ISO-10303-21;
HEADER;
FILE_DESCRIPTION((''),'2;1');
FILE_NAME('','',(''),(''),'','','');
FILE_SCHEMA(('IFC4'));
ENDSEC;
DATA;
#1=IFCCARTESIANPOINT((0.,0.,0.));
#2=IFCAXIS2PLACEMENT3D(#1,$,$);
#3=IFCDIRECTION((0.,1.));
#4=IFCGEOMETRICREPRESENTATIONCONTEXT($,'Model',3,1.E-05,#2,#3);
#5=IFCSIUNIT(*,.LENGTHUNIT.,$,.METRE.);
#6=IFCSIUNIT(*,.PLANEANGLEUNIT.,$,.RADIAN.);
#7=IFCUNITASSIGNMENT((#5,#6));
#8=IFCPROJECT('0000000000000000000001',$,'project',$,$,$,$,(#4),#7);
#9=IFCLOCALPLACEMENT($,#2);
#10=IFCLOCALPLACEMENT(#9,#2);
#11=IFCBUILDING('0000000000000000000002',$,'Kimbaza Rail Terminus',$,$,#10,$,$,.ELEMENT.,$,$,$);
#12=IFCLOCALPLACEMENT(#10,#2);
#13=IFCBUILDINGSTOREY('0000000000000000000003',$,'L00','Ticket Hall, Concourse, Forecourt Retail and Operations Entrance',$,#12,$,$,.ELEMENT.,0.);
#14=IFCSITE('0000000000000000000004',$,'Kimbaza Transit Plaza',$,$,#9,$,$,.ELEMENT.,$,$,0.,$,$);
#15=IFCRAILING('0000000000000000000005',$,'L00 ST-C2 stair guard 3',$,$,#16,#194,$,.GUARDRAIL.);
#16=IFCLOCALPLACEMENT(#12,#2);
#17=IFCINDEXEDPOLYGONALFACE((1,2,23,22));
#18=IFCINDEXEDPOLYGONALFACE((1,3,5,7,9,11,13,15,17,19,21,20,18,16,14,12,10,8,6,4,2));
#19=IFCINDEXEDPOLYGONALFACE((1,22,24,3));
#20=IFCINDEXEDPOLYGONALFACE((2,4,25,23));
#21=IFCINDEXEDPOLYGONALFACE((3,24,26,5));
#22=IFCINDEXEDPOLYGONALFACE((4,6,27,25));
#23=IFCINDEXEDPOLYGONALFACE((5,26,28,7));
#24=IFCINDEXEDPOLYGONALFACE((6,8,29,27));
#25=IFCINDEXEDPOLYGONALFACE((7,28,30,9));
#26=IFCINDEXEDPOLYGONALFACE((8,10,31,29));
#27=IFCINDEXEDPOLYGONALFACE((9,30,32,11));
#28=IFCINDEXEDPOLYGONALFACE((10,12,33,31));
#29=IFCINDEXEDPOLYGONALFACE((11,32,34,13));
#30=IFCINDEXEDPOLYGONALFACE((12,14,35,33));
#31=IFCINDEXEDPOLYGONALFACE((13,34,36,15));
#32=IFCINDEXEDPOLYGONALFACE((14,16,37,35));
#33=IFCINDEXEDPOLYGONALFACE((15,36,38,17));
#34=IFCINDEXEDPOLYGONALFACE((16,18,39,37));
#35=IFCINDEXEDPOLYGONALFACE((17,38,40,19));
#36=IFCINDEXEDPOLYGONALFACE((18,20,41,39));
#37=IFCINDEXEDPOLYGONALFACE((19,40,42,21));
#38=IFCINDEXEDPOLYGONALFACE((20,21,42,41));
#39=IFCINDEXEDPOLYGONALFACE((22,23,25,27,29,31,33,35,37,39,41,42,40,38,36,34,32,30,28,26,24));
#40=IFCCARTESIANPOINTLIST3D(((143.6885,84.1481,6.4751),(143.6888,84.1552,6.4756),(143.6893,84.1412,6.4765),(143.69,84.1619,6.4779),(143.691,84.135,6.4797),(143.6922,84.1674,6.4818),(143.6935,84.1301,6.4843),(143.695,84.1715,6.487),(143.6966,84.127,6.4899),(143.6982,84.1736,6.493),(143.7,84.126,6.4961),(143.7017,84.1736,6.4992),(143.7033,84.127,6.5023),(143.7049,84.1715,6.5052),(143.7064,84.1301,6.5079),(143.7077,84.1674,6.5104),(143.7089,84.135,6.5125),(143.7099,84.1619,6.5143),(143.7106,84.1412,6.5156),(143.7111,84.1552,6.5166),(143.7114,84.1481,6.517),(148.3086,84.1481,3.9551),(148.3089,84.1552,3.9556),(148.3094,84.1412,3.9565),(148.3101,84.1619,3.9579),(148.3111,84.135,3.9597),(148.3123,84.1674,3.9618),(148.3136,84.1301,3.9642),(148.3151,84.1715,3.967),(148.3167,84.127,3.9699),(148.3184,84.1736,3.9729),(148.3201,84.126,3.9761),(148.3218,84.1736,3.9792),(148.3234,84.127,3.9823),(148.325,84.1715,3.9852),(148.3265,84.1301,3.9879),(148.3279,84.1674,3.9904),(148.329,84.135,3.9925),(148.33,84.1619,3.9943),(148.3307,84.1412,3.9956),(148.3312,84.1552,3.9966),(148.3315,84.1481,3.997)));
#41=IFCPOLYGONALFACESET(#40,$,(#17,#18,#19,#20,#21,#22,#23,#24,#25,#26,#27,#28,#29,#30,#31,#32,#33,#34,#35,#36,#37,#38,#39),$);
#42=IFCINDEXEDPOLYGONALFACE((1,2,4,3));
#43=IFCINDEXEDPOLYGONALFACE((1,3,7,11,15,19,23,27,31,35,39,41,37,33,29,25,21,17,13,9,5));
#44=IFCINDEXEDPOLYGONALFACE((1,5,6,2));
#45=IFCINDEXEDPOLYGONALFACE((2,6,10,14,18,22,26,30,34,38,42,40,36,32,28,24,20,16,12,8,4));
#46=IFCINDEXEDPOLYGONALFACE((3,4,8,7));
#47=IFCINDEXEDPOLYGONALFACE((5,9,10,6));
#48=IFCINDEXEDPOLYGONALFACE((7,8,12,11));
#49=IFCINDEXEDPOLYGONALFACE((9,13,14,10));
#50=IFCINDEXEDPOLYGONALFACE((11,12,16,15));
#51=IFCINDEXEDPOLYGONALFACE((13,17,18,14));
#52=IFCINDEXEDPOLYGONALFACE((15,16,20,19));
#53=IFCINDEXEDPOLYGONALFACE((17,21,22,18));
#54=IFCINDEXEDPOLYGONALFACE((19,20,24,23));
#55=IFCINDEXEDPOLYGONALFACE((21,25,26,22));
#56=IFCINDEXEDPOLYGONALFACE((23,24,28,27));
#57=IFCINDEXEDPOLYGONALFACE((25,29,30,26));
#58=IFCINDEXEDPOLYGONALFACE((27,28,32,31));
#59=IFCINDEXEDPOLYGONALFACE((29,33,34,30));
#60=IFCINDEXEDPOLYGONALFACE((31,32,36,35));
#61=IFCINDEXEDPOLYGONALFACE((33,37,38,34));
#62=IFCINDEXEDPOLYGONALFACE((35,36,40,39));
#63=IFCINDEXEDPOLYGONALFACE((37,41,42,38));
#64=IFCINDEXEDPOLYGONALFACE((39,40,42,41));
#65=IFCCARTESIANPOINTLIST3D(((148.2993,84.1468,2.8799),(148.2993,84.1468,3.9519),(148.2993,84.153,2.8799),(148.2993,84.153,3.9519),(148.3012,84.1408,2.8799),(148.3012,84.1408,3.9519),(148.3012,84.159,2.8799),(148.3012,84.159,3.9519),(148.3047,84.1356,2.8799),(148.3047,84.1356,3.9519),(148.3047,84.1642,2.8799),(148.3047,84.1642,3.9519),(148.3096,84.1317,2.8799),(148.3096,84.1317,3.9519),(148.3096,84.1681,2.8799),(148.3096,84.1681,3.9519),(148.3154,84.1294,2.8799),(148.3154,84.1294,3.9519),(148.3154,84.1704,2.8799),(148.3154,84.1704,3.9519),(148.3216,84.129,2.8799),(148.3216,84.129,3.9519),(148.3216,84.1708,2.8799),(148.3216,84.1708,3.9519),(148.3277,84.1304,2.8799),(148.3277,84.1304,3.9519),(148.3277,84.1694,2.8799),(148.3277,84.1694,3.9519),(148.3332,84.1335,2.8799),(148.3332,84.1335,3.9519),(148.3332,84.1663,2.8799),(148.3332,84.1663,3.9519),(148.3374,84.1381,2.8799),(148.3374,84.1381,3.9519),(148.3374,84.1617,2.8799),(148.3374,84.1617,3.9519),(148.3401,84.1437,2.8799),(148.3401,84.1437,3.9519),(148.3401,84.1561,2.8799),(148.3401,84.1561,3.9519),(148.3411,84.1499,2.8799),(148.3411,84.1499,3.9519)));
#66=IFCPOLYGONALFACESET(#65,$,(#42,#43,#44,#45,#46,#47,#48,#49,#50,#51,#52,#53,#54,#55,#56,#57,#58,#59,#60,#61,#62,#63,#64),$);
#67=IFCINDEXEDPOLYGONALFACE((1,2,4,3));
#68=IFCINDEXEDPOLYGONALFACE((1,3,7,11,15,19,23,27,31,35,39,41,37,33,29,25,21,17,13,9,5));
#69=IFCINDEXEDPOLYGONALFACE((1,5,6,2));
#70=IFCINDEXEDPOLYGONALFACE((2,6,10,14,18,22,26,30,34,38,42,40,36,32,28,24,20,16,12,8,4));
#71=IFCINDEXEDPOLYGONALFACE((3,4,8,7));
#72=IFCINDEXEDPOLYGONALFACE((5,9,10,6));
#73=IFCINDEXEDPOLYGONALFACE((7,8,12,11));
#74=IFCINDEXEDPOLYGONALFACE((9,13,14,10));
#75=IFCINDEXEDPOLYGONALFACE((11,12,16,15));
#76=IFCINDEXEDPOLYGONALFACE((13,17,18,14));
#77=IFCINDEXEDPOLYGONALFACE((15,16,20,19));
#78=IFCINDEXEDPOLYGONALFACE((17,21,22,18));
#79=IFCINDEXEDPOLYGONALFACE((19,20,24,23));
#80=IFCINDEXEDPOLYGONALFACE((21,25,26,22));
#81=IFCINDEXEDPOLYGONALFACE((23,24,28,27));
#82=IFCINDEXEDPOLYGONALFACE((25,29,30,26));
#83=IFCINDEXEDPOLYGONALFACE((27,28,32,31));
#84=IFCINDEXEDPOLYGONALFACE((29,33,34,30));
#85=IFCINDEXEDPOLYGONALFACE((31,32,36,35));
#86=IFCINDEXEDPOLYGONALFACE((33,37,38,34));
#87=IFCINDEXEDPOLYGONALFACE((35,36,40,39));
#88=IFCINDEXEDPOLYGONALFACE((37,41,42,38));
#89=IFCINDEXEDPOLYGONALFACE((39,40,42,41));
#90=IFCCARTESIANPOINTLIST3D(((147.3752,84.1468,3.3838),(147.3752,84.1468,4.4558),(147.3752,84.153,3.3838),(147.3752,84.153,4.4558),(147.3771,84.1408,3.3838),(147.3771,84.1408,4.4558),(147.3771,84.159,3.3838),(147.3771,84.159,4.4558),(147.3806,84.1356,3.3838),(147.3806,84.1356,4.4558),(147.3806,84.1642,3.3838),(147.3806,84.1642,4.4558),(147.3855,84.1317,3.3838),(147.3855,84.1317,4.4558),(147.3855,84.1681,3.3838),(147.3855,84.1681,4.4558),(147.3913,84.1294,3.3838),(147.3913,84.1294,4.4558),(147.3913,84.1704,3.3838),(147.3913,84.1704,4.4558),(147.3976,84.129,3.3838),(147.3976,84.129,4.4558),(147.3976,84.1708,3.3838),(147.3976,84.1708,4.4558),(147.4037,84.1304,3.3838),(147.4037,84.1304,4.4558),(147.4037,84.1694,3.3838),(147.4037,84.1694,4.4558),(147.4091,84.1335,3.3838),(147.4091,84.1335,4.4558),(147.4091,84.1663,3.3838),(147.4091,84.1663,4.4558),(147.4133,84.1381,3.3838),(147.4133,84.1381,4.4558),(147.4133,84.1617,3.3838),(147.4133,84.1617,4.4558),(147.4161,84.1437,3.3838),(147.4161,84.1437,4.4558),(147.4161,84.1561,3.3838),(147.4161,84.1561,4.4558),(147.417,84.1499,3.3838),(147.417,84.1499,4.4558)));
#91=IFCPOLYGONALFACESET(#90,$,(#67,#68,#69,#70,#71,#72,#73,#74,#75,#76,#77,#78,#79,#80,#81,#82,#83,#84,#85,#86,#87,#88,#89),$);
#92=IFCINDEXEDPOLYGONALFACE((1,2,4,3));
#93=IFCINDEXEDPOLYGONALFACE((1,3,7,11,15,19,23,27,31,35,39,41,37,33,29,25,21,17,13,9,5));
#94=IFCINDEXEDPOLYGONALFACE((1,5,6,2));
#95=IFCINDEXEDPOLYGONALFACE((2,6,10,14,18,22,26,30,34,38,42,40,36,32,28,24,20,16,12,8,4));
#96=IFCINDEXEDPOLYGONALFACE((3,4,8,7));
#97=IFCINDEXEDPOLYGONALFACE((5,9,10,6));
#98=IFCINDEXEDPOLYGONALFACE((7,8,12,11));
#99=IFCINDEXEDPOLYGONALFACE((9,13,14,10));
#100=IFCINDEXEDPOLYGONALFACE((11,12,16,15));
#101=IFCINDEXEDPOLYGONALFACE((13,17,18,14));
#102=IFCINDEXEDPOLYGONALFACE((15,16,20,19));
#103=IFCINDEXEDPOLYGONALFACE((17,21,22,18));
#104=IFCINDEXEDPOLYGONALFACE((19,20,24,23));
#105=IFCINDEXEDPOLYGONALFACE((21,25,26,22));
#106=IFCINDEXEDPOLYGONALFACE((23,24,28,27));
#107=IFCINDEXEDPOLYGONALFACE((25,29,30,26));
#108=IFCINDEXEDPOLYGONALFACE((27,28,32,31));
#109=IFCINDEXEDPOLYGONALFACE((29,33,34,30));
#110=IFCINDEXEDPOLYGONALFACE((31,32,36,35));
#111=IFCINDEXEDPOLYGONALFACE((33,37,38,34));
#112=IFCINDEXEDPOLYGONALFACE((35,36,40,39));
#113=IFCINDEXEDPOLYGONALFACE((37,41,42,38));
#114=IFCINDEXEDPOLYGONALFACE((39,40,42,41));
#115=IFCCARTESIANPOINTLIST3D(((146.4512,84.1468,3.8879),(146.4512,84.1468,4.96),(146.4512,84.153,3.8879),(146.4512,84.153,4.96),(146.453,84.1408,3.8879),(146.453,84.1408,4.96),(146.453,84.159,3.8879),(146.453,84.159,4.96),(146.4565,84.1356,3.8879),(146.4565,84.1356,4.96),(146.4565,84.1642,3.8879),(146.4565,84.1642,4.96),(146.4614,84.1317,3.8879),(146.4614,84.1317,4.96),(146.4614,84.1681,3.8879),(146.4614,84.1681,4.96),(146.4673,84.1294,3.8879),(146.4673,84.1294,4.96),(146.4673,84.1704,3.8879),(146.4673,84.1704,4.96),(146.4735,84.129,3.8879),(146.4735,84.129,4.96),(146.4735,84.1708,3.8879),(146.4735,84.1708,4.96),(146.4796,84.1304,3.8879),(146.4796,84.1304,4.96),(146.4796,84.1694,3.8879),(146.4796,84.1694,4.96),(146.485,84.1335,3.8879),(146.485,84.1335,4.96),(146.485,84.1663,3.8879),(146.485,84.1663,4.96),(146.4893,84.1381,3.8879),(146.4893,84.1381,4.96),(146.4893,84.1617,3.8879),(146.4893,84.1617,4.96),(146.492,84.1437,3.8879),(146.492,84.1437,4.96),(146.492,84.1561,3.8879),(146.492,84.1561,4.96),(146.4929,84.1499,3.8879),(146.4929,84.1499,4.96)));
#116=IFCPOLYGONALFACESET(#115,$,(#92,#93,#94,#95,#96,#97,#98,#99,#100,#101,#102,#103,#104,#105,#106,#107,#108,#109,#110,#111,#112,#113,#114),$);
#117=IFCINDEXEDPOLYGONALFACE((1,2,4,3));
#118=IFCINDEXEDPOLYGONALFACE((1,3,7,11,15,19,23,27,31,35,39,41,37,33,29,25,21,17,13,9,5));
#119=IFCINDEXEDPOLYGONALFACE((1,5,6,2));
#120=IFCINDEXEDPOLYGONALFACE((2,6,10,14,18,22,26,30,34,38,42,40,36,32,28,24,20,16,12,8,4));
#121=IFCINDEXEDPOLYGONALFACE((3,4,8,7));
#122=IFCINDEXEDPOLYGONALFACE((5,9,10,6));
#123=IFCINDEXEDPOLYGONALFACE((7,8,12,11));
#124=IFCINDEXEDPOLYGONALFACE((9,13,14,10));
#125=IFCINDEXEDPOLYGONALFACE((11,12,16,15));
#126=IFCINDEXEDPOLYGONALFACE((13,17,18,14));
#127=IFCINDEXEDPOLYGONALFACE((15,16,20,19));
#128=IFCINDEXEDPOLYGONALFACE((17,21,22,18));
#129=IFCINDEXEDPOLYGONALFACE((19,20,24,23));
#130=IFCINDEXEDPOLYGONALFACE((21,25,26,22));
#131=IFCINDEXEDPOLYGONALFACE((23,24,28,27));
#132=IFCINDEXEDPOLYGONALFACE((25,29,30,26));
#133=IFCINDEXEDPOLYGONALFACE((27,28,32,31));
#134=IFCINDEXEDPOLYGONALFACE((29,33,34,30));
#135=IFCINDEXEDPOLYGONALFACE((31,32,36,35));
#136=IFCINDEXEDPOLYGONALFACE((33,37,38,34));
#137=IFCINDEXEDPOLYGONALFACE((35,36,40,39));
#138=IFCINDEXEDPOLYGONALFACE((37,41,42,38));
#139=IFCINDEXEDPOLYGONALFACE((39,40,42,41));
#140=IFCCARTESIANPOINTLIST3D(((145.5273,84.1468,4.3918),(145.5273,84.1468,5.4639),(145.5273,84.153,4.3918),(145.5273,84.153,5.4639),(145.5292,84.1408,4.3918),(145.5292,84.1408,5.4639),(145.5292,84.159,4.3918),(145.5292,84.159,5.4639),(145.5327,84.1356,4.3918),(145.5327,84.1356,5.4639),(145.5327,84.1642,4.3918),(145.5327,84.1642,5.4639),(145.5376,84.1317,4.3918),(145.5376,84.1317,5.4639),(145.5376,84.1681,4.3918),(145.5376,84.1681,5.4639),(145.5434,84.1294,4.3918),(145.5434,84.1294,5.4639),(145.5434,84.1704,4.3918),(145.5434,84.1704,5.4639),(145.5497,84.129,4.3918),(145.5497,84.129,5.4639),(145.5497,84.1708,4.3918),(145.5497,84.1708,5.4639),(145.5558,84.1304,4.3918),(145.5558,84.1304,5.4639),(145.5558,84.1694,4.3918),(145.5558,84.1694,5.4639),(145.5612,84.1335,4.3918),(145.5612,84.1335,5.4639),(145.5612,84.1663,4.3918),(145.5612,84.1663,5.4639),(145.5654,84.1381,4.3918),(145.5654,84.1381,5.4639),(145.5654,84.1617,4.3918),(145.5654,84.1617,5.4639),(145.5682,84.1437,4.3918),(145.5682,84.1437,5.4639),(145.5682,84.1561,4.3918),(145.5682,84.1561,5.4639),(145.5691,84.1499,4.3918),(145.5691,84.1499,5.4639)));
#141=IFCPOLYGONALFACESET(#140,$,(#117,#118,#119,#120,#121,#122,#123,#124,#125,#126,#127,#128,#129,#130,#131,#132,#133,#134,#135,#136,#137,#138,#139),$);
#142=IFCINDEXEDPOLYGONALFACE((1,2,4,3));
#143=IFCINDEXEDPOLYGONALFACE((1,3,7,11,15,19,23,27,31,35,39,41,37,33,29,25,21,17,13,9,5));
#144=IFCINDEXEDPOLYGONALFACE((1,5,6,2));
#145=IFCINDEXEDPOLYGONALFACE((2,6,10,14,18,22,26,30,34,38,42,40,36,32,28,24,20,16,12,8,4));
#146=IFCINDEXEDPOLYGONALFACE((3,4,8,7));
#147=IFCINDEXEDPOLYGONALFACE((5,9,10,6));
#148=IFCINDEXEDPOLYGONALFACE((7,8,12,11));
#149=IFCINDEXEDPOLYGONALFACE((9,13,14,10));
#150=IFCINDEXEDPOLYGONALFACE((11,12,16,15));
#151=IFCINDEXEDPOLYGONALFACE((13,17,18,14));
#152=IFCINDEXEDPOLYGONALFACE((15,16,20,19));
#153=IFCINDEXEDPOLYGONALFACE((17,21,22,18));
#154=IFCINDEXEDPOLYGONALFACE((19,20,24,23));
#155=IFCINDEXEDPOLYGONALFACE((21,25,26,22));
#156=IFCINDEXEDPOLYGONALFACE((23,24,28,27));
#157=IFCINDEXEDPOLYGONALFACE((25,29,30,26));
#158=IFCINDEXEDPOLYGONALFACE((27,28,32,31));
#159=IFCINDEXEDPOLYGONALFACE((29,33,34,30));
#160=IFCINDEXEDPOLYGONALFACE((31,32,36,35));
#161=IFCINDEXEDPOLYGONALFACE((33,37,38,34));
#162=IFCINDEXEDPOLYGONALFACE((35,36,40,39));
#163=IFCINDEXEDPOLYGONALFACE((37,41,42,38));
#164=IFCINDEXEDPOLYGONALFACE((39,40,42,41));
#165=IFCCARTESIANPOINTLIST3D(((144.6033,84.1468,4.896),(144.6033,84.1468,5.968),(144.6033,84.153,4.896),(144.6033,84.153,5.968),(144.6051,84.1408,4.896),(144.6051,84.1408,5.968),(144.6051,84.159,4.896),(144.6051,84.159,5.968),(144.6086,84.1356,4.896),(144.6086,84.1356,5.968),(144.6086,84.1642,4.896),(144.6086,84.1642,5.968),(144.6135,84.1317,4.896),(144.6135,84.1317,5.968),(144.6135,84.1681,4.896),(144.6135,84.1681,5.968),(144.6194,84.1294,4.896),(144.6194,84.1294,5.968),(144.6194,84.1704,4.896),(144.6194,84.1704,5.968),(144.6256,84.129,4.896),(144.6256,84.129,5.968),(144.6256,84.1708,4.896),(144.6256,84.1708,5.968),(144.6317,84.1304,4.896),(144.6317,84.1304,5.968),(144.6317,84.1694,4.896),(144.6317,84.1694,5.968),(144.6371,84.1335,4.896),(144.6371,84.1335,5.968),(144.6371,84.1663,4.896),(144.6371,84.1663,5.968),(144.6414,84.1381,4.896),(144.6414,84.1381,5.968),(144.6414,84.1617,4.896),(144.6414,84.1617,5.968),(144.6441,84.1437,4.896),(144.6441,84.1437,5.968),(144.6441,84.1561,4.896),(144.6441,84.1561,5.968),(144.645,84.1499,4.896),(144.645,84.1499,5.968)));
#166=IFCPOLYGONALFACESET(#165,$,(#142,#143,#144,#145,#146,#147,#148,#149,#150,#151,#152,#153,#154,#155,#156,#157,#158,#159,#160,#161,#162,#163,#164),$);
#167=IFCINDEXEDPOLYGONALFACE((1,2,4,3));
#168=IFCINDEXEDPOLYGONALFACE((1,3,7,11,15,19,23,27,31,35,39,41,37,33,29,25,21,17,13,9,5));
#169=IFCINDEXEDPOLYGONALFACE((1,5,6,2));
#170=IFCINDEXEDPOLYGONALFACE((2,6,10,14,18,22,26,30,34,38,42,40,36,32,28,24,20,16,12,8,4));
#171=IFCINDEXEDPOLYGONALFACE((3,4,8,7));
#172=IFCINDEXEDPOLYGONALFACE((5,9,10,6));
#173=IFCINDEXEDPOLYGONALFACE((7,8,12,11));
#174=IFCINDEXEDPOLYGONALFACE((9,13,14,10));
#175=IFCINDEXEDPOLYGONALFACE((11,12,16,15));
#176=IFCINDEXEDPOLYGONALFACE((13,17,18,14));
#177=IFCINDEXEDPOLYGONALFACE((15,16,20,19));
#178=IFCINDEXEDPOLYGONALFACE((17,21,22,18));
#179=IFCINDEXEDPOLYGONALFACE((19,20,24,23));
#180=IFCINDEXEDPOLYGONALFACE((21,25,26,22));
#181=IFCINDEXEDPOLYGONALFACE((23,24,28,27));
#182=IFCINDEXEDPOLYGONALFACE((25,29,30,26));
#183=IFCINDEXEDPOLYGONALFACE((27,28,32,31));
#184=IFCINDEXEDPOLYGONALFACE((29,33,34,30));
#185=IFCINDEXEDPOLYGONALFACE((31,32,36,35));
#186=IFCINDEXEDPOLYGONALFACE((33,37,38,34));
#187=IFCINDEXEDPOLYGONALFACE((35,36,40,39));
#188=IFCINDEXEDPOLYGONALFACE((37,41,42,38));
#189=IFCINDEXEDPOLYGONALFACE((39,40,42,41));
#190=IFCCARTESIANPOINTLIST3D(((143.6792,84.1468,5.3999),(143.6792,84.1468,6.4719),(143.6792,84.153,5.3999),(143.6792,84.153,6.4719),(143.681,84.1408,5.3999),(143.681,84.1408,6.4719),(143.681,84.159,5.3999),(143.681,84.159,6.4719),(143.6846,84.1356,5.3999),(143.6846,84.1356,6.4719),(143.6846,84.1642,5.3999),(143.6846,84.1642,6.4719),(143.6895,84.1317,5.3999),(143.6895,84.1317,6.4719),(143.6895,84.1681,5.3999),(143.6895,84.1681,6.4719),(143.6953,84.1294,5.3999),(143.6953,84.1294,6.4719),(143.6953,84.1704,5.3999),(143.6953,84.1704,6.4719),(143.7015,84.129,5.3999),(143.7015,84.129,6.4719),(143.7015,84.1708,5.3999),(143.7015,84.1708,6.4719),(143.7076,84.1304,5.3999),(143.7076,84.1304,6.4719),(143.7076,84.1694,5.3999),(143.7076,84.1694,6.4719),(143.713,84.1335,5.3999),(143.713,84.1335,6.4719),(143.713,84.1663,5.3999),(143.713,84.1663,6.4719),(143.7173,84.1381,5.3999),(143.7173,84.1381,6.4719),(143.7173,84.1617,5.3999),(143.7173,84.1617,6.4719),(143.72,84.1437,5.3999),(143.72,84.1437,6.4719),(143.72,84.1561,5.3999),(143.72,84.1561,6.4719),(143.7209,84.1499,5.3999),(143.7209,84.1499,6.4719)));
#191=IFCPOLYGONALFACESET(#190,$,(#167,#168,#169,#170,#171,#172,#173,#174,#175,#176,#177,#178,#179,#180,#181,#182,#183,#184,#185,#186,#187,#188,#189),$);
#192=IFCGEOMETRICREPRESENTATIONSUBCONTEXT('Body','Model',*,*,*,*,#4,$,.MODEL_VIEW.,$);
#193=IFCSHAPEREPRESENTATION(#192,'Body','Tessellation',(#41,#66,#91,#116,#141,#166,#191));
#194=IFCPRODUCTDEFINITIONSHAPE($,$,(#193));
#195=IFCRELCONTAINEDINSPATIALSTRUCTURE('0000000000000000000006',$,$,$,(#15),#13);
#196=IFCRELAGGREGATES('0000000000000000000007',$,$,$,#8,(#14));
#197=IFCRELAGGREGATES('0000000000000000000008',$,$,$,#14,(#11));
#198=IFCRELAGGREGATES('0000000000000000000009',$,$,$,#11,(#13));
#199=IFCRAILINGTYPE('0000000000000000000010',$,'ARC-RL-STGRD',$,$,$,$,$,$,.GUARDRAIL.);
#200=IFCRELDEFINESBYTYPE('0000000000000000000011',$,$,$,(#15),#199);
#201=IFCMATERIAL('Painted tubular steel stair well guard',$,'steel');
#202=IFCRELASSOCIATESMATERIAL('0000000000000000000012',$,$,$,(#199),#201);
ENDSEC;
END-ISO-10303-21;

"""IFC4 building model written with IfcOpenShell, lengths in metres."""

from ifc_helpers import new_model, si_unit, direction, frame, origin, origin_2d, place, context, subcontext, project, spatial, circle, extrude, material, type_object, element, save


model = new_model("IFC4")

# Units and contexts
model_context = context("Model", 3, precision=1e-05, world=origin(), true_north=direction((0.0, 1.0)))
body_context = subcontext(model_context, "Body", "Model", "MODEL_VIEW")
ifc_project = project(units=[si_unit("LENGTHUNIT", "METRE"), si_unit("PLANEANGLEUNIT", "RADIAN")], contexts=[model_context])

# Site, building, storey
site_placement = place(None, origin())
site = spatial("IfcSite", under=ifc_project, at=site_placement, Name="Kimbaza Transit Plaza", CompositionType="ELEMENT", RefElevation=0.0)
building_placement = place(site_placement, origin())
building = spatial("IfcBuilding", under=site, at=building_placement, Name="Kimbaza Rail Terminus", CompositionType="ELEMENT")
storey_placement = place(building_placement, origin())
storey = spatial("IfcBuildingStorey", under=building, at=storey_placement, Name="L00", Description="Ticket Hall, Concourse, Forecourt Retail and Operations Entrance", CompositionType="ELEMENT", Elevation=0.0)

# Railing
ifc_material_1 = material(Name="Painted tubular steel stair well guard", Category="steel")
railing_type_1 = type_object("IfcRailingType", Name="ARC-RL-STGRD", PredefinedType="GUARDRAIL", material=ifc_material_1)
railing_1_placement = place(storey_placement, frame((148.3201, 84.1499, 2.8799)))
element("IfcRailing", 1, at=railing_1_placement, inside=storey, type_object=railing_type_1, Name="L00 ST-C2 stair guard 3", PredefinedType="GUARDRAIL", context=body_context, shape_type="SweptSolid", body=[
    extrude(circle(Radius=0.0239, at=origin_2d()), frame((0.0, 0.0, 1.0962), z_axis=(-0.877899, 0.0, 0.478846), x_axis=(0.0, -1.0, 0.0)), (0.0, 0.0, 1.0), 5.2627),
    extrude(circle(Radius=0.021, at=origin_2d()), origin(), (0.0, 0.0, 1.0), 1.072),
    extrude(circle(Radius=0.021, at=origin_2d()), frame((-0.9241, 0.0, 0.5039)), (0.0, 0.0, 1.0), 1.072),
    extrude(circle(Radius=0.021, at=origin_2d()), frame((-1.8481, 0.0, 1.0081)), (0.0, 0.0, 1.0), 1.072),
    extrude(circle(Radius=0.021, at=origin_2d()), frame((-2.772, 0.0, 1.512)), (0.0, 0.0, 1.0), 1.072),
    extrude(circle(Radius=0.021, at=origin_2d()), frame((-3.696, 0.0, 2.0161)), (0.0, 0.0, 1.0), 1.072),
    extrude(circle(Radius=0.021, at=origin_2d()), frame((-4.6201, 0.0, 2.52)), (0.0, 0.0, 1.0), 1.072),
])

save(model, "model.ifc")
